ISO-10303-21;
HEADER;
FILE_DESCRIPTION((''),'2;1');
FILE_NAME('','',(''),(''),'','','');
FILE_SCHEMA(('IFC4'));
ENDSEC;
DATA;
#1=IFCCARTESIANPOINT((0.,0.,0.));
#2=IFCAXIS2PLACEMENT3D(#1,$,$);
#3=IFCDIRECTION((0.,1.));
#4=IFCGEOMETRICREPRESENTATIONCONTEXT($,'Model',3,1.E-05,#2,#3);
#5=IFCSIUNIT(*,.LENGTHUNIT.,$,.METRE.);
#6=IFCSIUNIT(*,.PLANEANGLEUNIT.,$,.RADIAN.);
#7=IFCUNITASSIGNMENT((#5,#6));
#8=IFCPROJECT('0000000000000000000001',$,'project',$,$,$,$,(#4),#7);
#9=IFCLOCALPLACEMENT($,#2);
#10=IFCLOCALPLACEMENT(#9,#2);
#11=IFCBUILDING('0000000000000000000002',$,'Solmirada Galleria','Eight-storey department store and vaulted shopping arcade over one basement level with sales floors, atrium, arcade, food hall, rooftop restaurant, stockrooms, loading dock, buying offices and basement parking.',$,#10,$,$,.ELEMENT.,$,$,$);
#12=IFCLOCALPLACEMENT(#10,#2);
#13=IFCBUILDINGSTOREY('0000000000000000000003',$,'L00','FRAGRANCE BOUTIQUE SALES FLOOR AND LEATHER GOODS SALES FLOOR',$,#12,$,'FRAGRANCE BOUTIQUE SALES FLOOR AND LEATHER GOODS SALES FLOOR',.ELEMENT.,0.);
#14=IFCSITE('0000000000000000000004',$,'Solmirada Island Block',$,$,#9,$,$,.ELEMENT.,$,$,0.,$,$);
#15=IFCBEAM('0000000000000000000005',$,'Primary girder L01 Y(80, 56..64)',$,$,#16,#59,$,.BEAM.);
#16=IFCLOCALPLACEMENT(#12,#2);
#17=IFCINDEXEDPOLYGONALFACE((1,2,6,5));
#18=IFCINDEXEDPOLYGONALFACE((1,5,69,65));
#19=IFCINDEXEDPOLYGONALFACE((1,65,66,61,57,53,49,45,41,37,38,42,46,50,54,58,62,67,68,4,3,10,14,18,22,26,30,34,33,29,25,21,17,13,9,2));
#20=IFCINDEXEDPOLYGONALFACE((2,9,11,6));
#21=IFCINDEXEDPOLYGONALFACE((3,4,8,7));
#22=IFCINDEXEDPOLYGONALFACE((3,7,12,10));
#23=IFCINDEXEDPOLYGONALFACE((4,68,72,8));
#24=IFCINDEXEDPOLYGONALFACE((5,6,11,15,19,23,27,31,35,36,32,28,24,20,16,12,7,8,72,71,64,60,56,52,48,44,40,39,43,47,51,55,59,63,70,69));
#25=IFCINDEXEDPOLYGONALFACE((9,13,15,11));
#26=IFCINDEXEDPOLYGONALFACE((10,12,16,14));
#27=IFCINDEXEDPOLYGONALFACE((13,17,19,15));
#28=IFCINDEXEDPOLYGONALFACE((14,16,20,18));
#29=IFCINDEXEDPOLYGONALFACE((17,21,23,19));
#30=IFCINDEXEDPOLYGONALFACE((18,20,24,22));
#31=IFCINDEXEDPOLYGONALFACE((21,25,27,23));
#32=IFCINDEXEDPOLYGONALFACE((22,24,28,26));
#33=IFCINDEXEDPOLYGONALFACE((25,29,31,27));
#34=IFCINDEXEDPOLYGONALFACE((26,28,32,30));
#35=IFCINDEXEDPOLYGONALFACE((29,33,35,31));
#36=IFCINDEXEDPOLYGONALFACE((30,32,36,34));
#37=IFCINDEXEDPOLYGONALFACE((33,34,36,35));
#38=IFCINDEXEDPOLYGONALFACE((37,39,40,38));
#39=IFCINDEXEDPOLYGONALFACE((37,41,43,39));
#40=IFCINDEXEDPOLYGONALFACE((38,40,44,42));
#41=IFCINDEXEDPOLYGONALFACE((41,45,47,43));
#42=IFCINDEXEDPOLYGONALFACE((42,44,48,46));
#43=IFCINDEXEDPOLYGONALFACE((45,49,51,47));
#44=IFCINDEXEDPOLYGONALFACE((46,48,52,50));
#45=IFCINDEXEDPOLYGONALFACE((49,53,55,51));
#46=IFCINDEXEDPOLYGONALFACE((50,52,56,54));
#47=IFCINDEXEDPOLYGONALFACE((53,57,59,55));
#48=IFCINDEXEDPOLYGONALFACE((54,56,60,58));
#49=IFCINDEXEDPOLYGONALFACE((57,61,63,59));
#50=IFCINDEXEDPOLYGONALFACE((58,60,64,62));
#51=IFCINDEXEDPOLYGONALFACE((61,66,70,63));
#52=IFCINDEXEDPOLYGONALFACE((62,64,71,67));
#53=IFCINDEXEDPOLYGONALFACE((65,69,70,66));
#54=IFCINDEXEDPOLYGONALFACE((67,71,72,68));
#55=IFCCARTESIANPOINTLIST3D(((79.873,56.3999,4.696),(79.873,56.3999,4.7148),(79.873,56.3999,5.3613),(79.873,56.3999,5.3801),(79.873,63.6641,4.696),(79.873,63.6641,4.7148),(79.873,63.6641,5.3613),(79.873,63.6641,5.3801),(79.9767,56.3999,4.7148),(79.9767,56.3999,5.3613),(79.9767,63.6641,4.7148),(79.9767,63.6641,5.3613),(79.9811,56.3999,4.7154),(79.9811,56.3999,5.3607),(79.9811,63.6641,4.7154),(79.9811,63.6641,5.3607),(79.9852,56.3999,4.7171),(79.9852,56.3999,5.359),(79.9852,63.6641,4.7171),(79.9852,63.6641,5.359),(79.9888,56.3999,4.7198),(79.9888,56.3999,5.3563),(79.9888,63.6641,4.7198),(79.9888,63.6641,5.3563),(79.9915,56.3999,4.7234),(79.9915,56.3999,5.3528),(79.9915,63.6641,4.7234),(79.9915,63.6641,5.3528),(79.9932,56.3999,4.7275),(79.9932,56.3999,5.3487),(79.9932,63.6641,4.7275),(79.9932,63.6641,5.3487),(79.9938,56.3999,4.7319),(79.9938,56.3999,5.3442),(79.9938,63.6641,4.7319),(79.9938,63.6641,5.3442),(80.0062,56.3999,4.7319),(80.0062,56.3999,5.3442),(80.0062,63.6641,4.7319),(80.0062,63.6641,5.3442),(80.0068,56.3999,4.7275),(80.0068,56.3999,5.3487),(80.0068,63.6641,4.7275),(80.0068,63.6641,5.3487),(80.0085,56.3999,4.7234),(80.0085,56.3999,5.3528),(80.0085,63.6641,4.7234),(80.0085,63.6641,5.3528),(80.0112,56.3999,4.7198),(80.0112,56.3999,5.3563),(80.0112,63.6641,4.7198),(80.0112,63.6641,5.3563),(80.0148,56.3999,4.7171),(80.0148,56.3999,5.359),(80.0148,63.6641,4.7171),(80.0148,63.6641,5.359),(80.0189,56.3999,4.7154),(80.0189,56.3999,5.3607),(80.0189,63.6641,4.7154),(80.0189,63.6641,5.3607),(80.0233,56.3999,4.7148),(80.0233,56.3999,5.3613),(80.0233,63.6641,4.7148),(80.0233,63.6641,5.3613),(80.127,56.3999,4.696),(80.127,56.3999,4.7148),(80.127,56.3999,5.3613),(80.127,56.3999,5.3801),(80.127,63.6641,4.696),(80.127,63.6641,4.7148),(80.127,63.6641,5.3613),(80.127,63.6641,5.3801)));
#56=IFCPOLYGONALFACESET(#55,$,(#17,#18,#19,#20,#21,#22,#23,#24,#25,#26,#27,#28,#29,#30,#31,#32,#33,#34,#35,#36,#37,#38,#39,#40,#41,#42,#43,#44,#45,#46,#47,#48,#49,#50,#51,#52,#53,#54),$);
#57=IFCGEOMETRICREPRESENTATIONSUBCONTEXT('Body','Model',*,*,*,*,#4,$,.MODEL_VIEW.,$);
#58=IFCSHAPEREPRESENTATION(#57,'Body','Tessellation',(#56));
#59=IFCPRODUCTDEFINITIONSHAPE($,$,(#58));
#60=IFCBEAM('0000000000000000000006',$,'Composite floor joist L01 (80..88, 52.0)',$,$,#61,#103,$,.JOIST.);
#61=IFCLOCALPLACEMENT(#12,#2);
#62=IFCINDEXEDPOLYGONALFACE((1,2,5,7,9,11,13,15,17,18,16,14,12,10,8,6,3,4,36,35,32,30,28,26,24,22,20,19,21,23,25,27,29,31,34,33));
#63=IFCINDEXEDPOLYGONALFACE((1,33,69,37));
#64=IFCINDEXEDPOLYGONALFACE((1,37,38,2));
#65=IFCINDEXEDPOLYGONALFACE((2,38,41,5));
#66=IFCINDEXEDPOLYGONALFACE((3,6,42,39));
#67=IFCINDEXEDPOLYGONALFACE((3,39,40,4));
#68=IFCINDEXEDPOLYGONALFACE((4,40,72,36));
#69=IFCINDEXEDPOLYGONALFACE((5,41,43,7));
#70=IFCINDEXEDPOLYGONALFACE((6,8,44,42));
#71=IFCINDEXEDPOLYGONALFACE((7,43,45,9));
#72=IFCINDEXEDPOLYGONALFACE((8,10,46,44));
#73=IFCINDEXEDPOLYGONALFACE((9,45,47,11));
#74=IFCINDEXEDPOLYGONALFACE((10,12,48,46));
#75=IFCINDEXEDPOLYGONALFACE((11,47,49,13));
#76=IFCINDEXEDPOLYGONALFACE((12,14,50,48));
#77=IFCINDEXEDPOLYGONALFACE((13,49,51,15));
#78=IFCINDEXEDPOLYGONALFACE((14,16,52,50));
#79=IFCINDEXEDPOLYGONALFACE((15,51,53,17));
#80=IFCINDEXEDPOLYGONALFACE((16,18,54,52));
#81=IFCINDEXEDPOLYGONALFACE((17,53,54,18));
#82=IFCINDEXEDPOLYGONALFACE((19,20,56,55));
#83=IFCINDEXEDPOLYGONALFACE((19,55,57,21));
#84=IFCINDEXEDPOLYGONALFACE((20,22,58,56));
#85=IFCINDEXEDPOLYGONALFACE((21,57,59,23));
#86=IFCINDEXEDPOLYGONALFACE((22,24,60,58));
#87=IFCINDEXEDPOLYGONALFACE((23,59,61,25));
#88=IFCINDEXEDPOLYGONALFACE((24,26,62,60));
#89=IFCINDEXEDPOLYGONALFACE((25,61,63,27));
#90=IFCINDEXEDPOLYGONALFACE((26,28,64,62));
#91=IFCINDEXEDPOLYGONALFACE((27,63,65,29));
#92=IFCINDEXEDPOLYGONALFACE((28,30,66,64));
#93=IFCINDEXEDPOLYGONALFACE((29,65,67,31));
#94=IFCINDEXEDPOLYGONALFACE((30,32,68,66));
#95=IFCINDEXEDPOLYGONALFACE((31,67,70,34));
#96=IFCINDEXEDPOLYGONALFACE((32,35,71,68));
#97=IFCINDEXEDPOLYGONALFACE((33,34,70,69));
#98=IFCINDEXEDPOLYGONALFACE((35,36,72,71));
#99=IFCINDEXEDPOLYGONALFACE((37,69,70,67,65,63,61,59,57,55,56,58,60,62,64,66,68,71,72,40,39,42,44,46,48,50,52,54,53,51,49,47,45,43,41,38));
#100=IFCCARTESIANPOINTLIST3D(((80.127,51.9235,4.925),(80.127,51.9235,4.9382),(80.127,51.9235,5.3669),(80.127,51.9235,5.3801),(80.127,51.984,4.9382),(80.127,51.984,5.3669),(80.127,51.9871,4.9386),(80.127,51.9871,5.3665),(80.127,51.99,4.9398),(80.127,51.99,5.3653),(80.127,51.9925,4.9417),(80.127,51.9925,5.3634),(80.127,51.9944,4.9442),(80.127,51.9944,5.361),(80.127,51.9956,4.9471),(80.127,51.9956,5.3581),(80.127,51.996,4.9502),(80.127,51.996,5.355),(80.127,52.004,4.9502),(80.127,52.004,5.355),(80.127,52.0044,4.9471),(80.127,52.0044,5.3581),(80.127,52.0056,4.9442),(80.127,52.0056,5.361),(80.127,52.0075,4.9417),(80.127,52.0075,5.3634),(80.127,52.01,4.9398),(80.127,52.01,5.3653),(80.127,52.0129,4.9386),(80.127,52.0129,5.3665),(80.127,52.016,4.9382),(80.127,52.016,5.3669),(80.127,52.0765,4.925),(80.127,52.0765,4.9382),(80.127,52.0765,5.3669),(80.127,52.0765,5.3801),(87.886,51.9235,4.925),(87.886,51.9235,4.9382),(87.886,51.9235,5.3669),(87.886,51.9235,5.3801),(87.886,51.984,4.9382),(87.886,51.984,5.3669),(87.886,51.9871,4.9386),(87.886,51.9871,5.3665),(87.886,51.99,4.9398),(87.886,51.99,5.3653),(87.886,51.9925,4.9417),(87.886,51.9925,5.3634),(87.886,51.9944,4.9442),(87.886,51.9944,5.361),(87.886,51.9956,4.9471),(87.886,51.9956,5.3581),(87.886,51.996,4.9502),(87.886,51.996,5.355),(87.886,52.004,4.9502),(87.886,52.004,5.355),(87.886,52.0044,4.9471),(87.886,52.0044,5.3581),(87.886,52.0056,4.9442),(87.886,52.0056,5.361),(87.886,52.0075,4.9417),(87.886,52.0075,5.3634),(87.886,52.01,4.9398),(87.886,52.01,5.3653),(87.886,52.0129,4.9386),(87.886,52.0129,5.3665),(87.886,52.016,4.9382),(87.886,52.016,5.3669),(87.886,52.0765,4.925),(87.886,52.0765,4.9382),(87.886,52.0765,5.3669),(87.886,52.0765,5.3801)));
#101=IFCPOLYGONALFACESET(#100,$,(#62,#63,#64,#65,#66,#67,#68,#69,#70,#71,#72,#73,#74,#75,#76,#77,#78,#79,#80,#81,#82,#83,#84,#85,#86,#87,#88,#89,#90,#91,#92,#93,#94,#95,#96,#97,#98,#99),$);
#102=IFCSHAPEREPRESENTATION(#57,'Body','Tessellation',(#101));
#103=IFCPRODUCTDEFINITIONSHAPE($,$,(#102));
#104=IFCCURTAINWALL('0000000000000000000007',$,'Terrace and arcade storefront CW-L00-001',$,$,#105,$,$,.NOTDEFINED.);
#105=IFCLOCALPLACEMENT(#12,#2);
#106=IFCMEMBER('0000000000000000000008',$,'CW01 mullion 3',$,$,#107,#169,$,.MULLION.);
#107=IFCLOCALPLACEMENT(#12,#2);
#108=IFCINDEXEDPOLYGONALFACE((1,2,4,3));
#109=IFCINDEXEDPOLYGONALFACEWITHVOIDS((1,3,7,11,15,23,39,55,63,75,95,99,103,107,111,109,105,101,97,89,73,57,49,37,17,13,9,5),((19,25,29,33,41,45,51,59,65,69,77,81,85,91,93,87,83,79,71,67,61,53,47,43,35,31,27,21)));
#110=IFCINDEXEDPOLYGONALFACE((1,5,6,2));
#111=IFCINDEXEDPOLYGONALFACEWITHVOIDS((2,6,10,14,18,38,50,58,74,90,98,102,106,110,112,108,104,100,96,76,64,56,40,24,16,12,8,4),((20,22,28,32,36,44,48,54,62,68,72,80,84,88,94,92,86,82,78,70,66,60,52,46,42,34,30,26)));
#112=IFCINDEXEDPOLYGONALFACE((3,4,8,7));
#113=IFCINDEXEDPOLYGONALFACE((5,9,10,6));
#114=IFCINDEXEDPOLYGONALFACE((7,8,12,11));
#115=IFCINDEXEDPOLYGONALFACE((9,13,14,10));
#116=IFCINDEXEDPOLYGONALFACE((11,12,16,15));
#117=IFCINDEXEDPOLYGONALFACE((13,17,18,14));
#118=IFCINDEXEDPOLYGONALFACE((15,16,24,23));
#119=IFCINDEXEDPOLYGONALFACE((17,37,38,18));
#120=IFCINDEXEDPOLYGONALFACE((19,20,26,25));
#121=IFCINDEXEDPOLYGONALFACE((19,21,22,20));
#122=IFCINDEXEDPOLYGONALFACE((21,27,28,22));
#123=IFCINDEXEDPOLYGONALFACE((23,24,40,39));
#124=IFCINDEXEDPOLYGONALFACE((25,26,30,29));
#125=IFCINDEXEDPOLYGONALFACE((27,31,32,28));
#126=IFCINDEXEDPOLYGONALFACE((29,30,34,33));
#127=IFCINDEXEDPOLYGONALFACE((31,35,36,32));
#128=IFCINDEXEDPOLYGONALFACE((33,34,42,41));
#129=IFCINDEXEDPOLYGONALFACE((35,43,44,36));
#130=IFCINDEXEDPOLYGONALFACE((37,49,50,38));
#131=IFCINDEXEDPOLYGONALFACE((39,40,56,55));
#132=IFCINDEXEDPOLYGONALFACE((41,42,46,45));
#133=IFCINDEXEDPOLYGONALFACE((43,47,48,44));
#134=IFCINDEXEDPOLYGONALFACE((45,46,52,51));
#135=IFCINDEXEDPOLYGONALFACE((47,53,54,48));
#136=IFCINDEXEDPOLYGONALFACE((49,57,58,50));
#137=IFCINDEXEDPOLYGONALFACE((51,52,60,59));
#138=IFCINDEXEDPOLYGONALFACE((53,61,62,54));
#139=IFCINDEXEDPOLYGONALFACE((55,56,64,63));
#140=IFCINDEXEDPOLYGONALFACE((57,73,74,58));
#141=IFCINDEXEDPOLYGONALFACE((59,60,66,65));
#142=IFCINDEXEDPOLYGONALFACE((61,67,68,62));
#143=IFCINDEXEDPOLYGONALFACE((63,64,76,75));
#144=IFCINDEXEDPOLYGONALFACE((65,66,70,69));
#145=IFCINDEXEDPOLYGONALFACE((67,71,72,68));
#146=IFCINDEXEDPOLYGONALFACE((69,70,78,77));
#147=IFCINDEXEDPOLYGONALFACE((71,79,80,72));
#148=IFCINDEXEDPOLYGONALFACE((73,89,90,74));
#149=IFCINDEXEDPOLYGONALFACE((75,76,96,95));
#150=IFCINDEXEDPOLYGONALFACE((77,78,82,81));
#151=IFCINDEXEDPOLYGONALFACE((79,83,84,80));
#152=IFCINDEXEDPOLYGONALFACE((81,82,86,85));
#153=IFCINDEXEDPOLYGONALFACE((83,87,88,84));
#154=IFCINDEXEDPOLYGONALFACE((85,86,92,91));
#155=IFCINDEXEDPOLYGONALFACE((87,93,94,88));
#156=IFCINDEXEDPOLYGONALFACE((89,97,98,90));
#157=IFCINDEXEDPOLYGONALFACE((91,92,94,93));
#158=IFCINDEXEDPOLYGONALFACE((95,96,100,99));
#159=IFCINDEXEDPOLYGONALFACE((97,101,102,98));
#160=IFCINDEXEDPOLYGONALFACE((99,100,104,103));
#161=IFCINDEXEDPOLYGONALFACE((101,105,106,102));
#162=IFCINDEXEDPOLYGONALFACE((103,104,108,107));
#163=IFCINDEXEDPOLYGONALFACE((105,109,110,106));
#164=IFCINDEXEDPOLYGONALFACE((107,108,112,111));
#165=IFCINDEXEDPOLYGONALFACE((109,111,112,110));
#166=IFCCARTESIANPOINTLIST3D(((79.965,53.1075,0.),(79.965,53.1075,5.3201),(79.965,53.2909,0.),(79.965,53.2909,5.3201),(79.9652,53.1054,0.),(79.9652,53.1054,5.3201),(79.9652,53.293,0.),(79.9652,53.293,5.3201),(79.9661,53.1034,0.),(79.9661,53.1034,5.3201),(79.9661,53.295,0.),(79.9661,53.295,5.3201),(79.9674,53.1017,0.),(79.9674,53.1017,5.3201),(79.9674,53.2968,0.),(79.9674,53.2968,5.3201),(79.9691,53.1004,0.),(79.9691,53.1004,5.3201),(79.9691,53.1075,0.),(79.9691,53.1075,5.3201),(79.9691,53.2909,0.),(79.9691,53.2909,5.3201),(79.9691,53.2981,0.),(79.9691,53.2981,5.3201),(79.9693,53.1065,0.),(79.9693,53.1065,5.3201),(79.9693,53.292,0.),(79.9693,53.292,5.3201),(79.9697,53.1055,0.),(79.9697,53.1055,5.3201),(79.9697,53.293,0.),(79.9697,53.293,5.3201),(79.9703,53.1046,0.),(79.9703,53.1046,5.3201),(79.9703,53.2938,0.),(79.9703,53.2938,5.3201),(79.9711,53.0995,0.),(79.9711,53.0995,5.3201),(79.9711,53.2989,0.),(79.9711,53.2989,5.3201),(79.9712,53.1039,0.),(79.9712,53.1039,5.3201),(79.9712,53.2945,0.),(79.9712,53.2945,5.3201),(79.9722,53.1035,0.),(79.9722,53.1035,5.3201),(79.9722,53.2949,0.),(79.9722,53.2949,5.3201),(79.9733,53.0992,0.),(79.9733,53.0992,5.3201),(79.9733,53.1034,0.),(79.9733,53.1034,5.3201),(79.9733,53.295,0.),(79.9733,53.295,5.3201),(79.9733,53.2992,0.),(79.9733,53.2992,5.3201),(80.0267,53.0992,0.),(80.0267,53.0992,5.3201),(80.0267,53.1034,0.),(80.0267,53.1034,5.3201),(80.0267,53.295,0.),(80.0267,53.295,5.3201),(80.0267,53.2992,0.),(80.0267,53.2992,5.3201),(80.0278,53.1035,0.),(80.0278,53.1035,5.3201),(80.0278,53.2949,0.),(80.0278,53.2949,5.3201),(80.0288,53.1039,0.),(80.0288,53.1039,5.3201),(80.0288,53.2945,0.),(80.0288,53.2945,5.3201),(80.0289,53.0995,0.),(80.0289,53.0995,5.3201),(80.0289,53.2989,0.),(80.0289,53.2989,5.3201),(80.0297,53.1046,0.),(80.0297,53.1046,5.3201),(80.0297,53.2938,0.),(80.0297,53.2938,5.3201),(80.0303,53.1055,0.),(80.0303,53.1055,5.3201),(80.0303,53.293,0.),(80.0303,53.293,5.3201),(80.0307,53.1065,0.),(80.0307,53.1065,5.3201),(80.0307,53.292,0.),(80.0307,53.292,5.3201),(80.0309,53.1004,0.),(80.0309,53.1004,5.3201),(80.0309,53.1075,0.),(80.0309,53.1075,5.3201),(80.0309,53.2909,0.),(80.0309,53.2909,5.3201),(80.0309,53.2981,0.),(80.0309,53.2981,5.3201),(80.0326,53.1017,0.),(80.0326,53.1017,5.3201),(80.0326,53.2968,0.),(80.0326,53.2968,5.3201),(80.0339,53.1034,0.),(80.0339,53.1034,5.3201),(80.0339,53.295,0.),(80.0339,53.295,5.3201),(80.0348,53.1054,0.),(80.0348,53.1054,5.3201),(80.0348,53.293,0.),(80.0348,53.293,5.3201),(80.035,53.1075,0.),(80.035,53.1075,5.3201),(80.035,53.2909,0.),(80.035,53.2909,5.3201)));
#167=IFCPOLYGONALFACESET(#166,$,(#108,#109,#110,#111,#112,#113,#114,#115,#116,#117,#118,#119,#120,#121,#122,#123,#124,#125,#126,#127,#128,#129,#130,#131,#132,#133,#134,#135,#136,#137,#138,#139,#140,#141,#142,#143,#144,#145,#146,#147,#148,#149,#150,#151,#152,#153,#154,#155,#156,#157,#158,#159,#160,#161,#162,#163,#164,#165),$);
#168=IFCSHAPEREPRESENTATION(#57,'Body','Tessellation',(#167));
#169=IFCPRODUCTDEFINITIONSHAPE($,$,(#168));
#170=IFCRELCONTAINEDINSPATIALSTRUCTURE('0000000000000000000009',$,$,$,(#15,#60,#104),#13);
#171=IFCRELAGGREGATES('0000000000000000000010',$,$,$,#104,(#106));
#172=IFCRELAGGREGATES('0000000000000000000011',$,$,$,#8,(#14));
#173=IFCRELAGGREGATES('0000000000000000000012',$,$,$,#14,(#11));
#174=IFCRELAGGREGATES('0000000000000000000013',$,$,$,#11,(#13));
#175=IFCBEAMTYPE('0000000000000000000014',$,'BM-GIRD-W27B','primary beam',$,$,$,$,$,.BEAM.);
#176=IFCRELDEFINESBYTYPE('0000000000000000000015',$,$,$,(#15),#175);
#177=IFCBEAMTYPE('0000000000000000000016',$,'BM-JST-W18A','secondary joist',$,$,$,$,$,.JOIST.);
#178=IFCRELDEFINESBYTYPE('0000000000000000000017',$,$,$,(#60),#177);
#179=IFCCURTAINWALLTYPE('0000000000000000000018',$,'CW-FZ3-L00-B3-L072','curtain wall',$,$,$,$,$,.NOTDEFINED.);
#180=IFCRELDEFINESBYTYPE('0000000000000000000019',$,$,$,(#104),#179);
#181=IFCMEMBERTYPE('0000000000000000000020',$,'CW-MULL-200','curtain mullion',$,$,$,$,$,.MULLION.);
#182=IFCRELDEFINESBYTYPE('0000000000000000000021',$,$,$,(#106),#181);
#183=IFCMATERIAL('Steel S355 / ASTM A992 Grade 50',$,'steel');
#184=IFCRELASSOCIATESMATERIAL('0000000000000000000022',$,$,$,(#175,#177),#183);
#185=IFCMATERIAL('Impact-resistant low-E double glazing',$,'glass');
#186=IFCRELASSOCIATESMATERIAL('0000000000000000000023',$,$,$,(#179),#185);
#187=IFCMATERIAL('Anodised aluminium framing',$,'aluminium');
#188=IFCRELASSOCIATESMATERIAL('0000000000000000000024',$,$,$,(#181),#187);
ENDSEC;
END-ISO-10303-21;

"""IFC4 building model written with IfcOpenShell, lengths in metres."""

from ifc_helpers import new_model, si_unit, direction, frame, origin, origin_2d, place, context, subcontext, project, spatial, hollow_rectangle, i_section, extrude, material, material_profile, profile_set, type_object, element, aggregate, save


model = new_model("IFC4")

# Units and contexts
model_context = context("Model", 3, precision=1e-05, world=origin(), true_north=direction((0.0, 1.0)))
body_context = subcontext(model_context, "Body", "Model", "MODEL_VIEW")
ifc_project = project(units=[si_unit("LENGTHUNIT", "METRE"), si_unit("PLANEANGLEUNIT", "RADIAN")], contexts=[model_context])

# Site, building, storey
site_placement = place(None, origin())
site = spatial("IfcSite", under=ifc_project, at=site_placement, Name="Solmirada Island Block", CompositionType="ELEMENT", RefElevation=0.0)
building_placement = place(site_placement, origin())
building = spatial("IfcBuilding", under=site, at=building_placement, Name="Solmirada Galleria", Description="Eight-storey department store and vaulted shopping arcade over one basement level with sales floors, atrium, arcade, food hall, rooftop restaurant, stockrooms, loading dock, buying offices and basement parking.", CompositionType="ELEMENT")
storey_placement = place(building_placement, origin())
storey = spatial("IfcBuildingStorey", under=building, at=storey_placement, Name="L00", Description="FRAGRANCE BOUTIQUE SALES FLOOR AND LEATHER GOODS SALES FLOOR", LongName="FRAGRANCE BOUTIQUE SALES FLOOR AND LEATHER GOODS SALES FLOOR", CompositionType="ELEMENT", Elevation=0.0)

# Beams
ifc_material_1 = material(Name="Steel S355 / ASTM A992 Grade 50", Category="steel")
ifc_material_profile_1 = material_profile(ifc_material_1, i_section(OverallWidth=0.2539, OverallDepth=0.6841, WebThickness=0.0125, FlangeThickness=0.0188, FilletRadius=0.0171, at=origin_2d()), Name="W27X94")
ifc_profile_set_1 = profile_set([ifc_material_profile_1], Name="Steel S355 / ASTM A992 Grade 50")
beam_type_1 = type_object("IfcBeamType", Name="BM-GIRD-W27B", Description="primary beam", PredefinedType="BEAM", material=ifc_profile_set_1)
beam_1_placement = place(storey_placement, frame((80.0, 56.3999, 5.0381), z_axis=(0.0, 1.0, 0.0), x_axis=(-1.0, 0.0, 0.0)))
element("IfcBeam", 1, at=beam_1_placement, inside=storey, type_object=beam_type_1, Name="Primary girder L01 Y(80, 56..64)", PredefinedType="BEAM", context=body_context, shape_type="SweptSolid", body=[
    extrude(i_section(OverallWidth=0.2539, OverallDepth=0.6841, WebThickness=0.0125, FlangeThickness=0.0188, FilletRadius=0.0171, at=origin_2d()), origin(), (0.0, 0.0, 1.0), 7.2642),
])
ifc_material_profile_2 = material_profile(ifc_material_1, i_section(OverallWidth=0.1531, OverallDepth=0.4551, WebThickness=0.0081, FlangeThickness=0.0132, FilletRadius=0.012, at=origin_2d()), Name="W18X40")
ifc_profile_set_2 = profile_set([ifc_material_profile_2], Name="Steel S355 / ASTM A992 Grade 50")
beam_type_2 = type_object("IfcBeamType", Name="BM-JST-W18A", Description="secondary joist", PredefinedType="JOIST", material=ifc_profile_set_2)
beam_2_placement = place(storey_placement, frame((80.127, 52.0, 5.1526), z_axis=(1.0, 0.0, 0.0), x_axis=(0.0, 1.0, 0.0)))
element("IfcBeam", 2, at=beam_2_placement, inside=storey, type_object=beam_type_2, Name="Composite floor joist L01 (80..88, 52.0)", PredefinedType="JOIST", context=body_context, shape_type="SweptSolid", body=[
    extrude(i_section(OverallWidth=0.1531, OverallDepth=0.4551, WebThickness=0.0081, FlangeThickness=0.0132, FilletRadius=0.012, at=origin_2d()), origin(), (0.0, 0.0, 1.0), 7.759),
])

# Curtain wall, member
ifc_material_2 = material(Name="Impact-resistant low-E double glazing", Category="glass")
curtain_wall_type = type_object("IfcCurtainWallType", Name="CW-FZ3-L00-B3-L072", Description="curtain wall", PredefinedType="NOTDEFINED", material=ifc_material_2)
curtain_wall_1_placement = place(storey_placement, origin())
curtain_wall_1 = element("IfcCurtainWall", 3, at=curtain_wall_1_placement, inside=storey, type_object=curtain_wall_type, Name="Terrace and arcade storefront CW-L00-001", PredefinedType="NOTDEFINED")
ifc_material_3 = material(Name="Anodised aluminium framing", Category="aluminium")
ifc_material_profile_3 = material_profile(ifc_material_3, hollow_rectangle(XDim=0.0701, YDim=0.2, WallThickness=0.0042, InnerFilletRadius=0.0042, OuterFilletRadius=0.0083, at=origin_2d()), Name="ALU-MULL-200X70")
ifc_profile_set_3 = profile_set([ifc_material_profile_3], Name="Anodised aluminium framing")
member_type_1 = type_object("IfcMemberType", Name="CW-MULL-200", Description="curtain mullion", PredefinedType="MULLION", material=ifc_profile_set_3)
member_1_placement = place(storey_placement, frame((80.0, 53.1992, 0.0), z_axis=(0.0, 0.0, 1.0), x_axis=(-1.0, 0.0, 0.0)))
member_1 = element("IfcMember", 4, at=member_1_placement, type_object=member_type_1, Name="CW01 mullion 3", PredefinedType="MULLION", context=body_context, shape_type="SweptSolid", body=[
    extrude(hollow_rectangle(XDim=0.0701, YDim=0.2, WallThickness=0.0042, InnerFilletRadius=0.0042, OuterFilletRadius=0.0083, at=origin_2d()), origin(), (0.0, 0.0, 1.0), 5.3201),
])

aggregate(curtain_wall_1, [member_1])

save(model, "model.ifc")
